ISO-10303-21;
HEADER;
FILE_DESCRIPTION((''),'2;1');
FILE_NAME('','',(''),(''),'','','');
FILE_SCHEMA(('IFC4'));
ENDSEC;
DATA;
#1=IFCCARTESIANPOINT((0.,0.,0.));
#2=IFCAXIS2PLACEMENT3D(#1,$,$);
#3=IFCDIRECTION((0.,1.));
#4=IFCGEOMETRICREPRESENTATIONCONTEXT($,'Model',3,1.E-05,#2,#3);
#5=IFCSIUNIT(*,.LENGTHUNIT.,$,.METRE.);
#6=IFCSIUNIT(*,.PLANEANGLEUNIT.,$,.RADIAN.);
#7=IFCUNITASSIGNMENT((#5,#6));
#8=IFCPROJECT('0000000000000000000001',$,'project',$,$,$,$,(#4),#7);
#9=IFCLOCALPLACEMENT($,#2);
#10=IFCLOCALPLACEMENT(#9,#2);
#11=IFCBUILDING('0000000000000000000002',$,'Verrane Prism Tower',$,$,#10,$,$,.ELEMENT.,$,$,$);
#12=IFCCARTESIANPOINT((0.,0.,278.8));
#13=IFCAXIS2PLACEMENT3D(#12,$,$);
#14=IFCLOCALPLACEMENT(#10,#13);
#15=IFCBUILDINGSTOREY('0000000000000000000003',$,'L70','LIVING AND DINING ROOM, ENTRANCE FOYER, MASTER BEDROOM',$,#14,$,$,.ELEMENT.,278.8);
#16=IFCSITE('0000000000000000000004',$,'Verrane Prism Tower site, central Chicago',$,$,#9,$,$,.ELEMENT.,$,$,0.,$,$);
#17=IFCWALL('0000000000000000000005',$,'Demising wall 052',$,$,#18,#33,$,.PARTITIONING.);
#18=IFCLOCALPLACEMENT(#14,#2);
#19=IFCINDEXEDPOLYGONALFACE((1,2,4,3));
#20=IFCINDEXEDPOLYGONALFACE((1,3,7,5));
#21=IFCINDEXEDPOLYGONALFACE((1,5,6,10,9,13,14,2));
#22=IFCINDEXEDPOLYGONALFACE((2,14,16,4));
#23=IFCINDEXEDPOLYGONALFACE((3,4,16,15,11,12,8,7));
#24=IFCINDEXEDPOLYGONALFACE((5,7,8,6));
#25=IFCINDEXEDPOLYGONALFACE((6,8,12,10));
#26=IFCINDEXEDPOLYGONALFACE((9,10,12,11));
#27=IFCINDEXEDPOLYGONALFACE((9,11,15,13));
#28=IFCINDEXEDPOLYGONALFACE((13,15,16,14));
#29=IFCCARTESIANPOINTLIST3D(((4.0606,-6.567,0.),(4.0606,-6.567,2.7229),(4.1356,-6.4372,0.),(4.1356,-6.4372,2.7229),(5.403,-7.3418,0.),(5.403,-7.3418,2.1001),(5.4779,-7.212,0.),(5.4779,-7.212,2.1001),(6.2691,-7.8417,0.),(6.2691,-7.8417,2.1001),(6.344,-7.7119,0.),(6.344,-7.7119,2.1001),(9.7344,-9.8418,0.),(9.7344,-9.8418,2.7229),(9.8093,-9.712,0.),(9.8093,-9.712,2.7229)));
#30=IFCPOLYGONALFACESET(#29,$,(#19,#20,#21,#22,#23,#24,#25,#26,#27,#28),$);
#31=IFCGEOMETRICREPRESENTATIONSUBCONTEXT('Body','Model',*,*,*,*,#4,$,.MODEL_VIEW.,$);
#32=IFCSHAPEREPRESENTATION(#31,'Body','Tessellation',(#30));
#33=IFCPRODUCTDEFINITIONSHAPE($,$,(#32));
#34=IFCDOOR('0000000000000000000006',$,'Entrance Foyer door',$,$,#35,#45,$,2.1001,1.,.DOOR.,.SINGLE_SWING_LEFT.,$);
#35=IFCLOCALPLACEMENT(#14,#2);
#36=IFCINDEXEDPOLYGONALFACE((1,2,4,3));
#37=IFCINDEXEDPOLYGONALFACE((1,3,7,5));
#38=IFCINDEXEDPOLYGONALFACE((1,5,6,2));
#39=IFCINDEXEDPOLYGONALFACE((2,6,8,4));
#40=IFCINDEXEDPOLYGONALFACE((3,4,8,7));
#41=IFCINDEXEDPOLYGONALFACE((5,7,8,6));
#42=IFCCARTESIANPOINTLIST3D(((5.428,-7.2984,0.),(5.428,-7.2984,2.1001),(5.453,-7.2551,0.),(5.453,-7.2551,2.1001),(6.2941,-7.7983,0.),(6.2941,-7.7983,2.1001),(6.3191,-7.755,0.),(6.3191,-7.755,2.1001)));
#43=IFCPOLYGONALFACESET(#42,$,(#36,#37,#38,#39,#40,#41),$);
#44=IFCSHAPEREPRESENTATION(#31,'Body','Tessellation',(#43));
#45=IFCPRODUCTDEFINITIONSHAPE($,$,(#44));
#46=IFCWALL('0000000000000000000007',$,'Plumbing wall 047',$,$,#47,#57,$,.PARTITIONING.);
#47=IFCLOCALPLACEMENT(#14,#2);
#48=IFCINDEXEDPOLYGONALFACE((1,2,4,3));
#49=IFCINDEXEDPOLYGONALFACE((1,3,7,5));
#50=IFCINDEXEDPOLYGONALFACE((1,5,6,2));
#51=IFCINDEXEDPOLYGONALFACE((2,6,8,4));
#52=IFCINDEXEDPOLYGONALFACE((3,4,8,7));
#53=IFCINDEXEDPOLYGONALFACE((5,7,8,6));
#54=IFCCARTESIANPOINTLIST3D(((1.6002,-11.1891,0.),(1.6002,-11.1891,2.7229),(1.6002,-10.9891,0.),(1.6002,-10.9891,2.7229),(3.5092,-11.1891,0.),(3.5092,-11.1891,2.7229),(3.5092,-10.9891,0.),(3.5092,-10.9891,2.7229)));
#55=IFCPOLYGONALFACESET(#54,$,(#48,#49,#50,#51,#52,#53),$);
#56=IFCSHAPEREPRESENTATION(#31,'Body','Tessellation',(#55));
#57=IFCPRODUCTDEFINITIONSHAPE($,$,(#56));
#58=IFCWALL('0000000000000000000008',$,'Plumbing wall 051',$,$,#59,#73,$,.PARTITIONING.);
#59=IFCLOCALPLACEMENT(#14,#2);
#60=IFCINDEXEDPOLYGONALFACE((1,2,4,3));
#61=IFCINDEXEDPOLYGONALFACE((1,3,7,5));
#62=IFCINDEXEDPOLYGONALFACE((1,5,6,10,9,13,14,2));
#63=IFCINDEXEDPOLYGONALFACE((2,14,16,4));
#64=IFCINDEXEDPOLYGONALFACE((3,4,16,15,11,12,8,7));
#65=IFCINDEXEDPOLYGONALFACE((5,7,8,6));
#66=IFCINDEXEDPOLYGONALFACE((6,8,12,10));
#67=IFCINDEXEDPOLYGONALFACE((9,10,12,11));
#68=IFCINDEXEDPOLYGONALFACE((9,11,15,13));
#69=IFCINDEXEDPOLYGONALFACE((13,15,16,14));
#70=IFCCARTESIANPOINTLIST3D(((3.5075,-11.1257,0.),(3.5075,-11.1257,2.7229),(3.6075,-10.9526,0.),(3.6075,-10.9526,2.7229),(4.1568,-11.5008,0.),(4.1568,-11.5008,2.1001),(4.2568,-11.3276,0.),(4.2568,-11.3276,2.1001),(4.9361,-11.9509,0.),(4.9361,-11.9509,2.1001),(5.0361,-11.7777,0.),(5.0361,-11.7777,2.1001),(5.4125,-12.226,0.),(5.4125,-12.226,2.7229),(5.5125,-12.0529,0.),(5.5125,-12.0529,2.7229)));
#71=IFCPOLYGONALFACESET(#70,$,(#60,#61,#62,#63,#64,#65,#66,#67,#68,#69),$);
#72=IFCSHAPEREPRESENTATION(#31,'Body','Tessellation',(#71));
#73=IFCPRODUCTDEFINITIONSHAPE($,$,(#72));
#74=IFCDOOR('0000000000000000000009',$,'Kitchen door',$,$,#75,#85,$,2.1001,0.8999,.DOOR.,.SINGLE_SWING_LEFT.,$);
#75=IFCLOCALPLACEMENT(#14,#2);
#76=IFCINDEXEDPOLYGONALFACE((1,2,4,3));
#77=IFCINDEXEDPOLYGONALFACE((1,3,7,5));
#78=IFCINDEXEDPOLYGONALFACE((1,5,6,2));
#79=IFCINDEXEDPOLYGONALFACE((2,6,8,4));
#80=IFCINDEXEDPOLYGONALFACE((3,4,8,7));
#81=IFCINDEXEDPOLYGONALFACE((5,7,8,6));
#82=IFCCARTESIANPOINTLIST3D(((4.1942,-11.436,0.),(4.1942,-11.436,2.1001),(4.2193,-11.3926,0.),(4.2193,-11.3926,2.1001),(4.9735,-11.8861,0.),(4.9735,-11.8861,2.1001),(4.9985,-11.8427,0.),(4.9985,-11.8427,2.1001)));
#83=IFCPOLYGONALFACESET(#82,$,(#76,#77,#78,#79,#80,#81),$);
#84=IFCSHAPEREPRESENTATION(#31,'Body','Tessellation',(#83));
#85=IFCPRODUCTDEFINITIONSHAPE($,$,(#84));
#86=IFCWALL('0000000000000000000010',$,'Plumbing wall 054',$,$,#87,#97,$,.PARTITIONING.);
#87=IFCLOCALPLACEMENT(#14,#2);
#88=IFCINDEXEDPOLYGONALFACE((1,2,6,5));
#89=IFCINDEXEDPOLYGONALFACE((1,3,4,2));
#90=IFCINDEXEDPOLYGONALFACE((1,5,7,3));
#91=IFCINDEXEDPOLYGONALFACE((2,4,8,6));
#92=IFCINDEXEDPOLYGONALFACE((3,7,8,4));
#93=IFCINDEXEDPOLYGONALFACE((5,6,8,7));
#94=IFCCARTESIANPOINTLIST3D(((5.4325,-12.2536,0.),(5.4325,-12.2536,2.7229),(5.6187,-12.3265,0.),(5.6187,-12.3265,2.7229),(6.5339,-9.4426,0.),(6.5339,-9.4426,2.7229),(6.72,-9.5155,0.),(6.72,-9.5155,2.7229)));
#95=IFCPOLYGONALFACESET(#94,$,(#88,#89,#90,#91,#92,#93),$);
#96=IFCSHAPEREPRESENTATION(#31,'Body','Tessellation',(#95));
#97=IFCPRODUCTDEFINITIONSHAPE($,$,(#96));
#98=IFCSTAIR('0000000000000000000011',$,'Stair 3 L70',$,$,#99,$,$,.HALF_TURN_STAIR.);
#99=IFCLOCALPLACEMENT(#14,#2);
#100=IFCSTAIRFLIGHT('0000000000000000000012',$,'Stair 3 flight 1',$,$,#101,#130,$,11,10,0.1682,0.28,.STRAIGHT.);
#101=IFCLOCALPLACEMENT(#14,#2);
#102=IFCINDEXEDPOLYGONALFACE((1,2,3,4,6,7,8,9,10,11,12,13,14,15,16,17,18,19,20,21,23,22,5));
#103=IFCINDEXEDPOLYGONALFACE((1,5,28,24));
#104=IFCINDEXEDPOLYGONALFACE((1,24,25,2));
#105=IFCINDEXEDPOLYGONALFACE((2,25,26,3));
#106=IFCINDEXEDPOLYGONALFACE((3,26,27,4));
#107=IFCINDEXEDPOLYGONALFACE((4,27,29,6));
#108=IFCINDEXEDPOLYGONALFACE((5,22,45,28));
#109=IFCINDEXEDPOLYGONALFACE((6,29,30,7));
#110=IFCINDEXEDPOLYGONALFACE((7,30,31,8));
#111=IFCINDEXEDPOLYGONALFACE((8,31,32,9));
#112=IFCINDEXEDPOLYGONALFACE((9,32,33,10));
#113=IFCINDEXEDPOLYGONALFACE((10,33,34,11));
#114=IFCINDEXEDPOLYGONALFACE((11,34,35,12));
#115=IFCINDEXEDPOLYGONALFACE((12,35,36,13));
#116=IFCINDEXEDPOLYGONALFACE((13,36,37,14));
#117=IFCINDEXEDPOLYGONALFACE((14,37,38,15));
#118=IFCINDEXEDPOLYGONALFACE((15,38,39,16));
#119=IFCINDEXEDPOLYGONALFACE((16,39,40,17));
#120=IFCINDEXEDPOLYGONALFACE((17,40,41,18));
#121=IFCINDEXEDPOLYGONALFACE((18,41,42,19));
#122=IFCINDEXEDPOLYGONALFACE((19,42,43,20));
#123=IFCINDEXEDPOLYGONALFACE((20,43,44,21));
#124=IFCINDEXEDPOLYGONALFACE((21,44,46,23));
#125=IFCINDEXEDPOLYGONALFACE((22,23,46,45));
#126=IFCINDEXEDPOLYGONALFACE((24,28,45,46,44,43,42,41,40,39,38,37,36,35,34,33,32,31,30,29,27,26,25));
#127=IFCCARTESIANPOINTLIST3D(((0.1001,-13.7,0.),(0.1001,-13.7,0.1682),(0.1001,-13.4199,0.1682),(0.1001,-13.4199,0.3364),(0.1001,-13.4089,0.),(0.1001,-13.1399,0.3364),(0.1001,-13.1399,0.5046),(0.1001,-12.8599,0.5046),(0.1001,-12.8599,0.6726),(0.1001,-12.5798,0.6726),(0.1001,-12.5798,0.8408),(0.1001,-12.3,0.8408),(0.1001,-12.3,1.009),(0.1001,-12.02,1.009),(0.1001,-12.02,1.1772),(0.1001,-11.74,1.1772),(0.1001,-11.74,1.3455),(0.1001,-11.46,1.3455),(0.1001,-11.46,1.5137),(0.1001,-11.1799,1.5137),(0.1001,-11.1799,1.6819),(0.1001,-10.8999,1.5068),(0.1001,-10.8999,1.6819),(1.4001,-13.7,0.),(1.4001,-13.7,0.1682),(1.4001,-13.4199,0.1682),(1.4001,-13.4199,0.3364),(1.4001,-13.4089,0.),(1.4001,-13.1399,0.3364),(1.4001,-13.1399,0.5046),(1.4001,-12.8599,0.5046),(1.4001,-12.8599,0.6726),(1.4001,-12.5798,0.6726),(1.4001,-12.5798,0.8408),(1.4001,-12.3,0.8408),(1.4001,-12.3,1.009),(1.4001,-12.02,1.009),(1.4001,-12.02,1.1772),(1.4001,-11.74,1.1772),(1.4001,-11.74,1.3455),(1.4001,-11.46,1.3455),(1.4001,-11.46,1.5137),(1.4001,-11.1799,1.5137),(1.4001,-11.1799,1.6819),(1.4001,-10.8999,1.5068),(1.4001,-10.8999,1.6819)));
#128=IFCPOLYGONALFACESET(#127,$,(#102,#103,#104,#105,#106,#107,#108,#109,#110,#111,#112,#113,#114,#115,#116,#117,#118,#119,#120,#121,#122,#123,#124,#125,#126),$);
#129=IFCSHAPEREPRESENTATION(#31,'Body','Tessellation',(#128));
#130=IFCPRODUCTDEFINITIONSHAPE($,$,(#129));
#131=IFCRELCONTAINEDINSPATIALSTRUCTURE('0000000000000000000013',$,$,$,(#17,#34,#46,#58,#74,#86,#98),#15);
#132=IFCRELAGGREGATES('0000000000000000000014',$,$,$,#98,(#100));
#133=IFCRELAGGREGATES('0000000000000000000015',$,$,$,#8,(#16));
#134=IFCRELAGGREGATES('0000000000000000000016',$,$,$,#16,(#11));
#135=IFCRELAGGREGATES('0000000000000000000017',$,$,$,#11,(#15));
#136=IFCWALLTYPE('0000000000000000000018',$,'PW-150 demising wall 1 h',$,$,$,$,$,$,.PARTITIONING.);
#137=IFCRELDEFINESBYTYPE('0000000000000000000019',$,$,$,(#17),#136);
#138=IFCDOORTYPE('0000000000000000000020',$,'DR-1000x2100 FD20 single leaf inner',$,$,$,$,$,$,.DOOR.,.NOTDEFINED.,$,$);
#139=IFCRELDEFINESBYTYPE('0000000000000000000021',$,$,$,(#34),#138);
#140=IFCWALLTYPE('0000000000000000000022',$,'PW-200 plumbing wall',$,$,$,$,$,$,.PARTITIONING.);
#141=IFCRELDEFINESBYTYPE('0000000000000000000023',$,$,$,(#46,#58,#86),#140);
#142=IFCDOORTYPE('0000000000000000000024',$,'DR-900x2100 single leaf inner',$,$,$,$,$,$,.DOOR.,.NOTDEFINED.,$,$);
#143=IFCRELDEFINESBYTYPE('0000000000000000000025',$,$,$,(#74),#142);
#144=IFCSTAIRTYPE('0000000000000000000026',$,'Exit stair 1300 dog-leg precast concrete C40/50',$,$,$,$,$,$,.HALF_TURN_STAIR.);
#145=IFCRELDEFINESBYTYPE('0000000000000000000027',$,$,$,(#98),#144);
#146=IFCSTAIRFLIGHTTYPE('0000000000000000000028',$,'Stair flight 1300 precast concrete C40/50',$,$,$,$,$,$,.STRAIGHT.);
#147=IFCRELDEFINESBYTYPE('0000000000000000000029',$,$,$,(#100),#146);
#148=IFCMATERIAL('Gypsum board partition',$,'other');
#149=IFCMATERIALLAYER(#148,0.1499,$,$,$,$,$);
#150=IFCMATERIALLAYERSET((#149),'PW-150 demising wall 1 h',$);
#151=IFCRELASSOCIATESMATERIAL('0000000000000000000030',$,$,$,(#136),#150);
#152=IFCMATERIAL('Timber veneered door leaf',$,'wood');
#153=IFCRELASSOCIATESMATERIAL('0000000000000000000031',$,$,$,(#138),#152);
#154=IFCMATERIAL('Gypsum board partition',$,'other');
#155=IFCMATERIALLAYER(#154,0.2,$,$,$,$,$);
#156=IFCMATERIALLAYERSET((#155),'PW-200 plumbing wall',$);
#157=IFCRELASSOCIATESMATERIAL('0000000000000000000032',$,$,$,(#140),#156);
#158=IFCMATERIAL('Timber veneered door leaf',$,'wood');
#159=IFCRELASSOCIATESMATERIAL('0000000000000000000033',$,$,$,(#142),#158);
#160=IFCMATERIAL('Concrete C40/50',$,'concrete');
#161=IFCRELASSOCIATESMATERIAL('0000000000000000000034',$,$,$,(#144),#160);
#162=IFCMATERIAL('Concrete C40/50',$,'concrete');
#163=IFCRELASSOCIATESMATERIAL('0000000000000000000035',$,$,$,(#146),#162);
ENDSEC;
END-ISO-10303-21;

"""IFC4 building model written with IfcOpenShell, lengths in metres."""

from ifc_helpers import new_model, si_unit, direction, frame, frame_2d, origin, place, context, subcontext, project, spatial, polyline, rectangle, outline, extrude, material, layer, layer_set, type_object, element, fill, aggregate, save


model = new_model("IFC4")

# Units and contexts
model_context = context("Model", 3, precision=1e-05, world=origin(), true_north=direction((0.0, 1.0)))
body_context = subcontext(model_context, "Body", "Model", "MODEL_VIEW")
ifc_project = project(units=[si_unit("LENGTHUNIT", "METRE"), si_unit("PLANEANGLEUNIT", "RADIAN")], contexts=[model_context])

# Site, building, storey
site_placement = place(None, origin())
site = spatial("IfcSite", under=ifc_project, at=site_placement, Name="Verrane Prism Tower site, central Chicago", CompositionType="ELEMENT", RefElevation=0.0)
building_placement = place(site_placement, origin())
building = spatial("IfcBuilding", under=site, at=building_placement, Name="Verrane Prism Tower", CompositionType="ELEMENT")
storey_placement = place(building_placement, frame((0.0, 0.0, 278.8)))
storey = spatial("IfcBuildingStorey", under=building, at=storey_placement, Name="L70", Description="LIVING AND DINING ROOM, ENTRANCE FOYER, MASTER BEDROOM", CompositionType="ELEMENT", Elevation=278.8)

# Wall, opening, door
ifc_material_1 = material(Name="Gypsum board partition", Category="other")
ifc_layer_1 = layer(ifc_material_1, 0.1499)
ifc_layer_set_1 = layer_set([ifc_layer_1], Name="PW-150 demising wall 1 h")
wall_type_1 = type_object("IfcWallType", Name="PW-150 demising wall 1 h", PredefinedType="PARTITIONING", material=ifc_layer_set_1)
wall_1_placement = place(storey_placement, frame((9.7717, -9.7769, 0.0), z_axis=(0.0, 0.0, 1.0), x_axis=(-0.866084, 0.499899, 0.0)))
wall_1 = element("IfcWall", 1, at=wall_1_placement, inside=storey, type_object=wall_type_1, Name="Demising wall 052", PredefinedType="PARTITIONING", context=body_context, shape_type="SweptSolid", body=[
    extrude(rectangle(XDim=6.551, YDim=0.1499, at=frame_2d((3.2754, 0.0))), origin(), (0.0, 0.0, 1.0), 2.7229),
])
opening_1_placement = place(wall_1_placement, frame((4.001, 0.0, 0.0)))
opening_1 = element("IfcOpeningElement", 2, at=opening_1_placement, cuts=wall_1, PredefinedType="OPENING", context=body_context, shape_type="SweptSolid", body=[
    extrude(rectangle(XDim=1.0, YDim=2.1001, at=frame_2d((0.5, 1.05))), frame((0.0, 0.085, 0.0), z_axis=(0.0, -1.0, 0.0), x_axis=(1.0, 0.0, 0.0)), (0.0, 0.0, 1.0), 0.1699),
])
ifc_material_2 = material(Name="Timber veneered door leaf", Category="wood")
door_type_1 = type_object("IfcDoorType", Name="DR-1000x2100 FD20 single leaf inner", OperationType="NOTDEFINED", PredefinedType="DOOR", material=ifc_material_2)
door_1_placement = place(opening_1_placement, origin())
door_1 = element("IfcDoor", 3, at=door_1_placement, inside=storey, type_object=door_type_1, Name="Entrance Foyer door", OperationType="SINGLE_SWING_LEFT", OverallHeight=2.1001, OverallWidth=1.0, PredefinedType="DOOR", context=body_context, shape_type="SweptSolid", body=[
    extrude(rectangle(XDim=1.0, YDim=2.1001, at=frame_2d((0.5, 1.05))), frame((0.0, 0.0249, 0.0), z_axis=(0.0, -1.0, 0.0), x_axis=(1.0, 0.0, 0.0)), (0.0, 0.0, 1.0), 0.05),
])
fill(opening_1, door_1)

# Wall
ifc_material_3 = material(Name="Gypsum board partition", Category="other")
ifc_layer_2 = layer(ifc_material_3, 0.2)
ifc_layer_set_2 = layer_set([ifc_layer_2], Name="PW-200 plumbing wall")
wall_type_2 = type_object("IfcWallType", Name="PW-200 plumbing wall", PredefinedType="PARTITIONING", material=ifc_layer_set_2)
wall_2_placement = place(storey_placement, frame((1.6001, -11.0891, 0.0), z_axis=(0.0, 0.0, 1.0), x_axis=(1.0, 0.0, 0.0)))
element("IfcWall", 4, at=wall_2_placement, inside=storey, type_object=wall_type_2, Name="Plumbing wall 047", PredefinedType="PARTITIONING", context=body_context, shape_type="SweptSolid", body=[
    extrude(rectangle(XDim=1.9089, YDim=0.2, at=frame_2d((0.9546, 0.0))), origin(), (0.0, 0.0, 1.0), 2.7229),
])

# Wall, opening, door
wall_3_placement = place(storey_placement, frame((3.5574, -11.0391, 0.0), z_axis=(0.0, 0.0, 1.0), x_axis=(0.865932, -0.500161, 0.0)))
wall_3 = element("IfcWall", 5, at=wall_3_placement, inside=storey, type_object=wall_type_2, Name="Plumbing wall 051", PredefinedType="PARTITIONING", context=body_context, shape_type="SweptSolid", body=[
    extrude(rectangle(XDim=2.2, YDim=0.2, at=frame_2d((1.1001, 0.0))), origin(), (0.0, 0.0, 1.0), 2.7229),
])
opening_2_placement = place(wall_3_placement, frame((0.75, 0.0, 0.0)))
opening_2 = element("IfcOpeningElement", 6, at=opening_2_placement, cuts=wall_3, PredefinedType="OPENING", context=body_context, shape_type="SweptSolid", body=[
    extrude(rectangle(XDim=0.8999, YDim=2.1001, at=frame_2d((0.45, 1.05))), frame((0.0, 0.1099, 0.0), z_axis=(0.0, -1.0, 0.0), x_axis=(1.0, 0.0, 0.0)), (0.0, 0.0, 1.0), 0.22),
])
ifc_material_4 = material(Name="Timber veneered door leaf", Category="wood")
door_type_2 = type_object("IfcDoorType", Name="DR-900x2100 single leaf inner", OperationType="NOTDEFINED", PredefinedType="DOOR", material=ifc_material_4)
door_2_placement = place(opening_2_placement, origin())
door_2 = element("IfcDoor", 7, at=door_2_placement, inside=storey, type_object=door_type_2, Name="Kitchen door", OperationType="SINGLE_SWING_LEFT", OverallHeight=2.1001, OverallWidth=0.8999, PredefinedType="DOOR", context=body_context, shape_type="SweptSolid", body=[
    extrude(rectangle(XDim=0.8999, YDim=2.1001, at=frame_2d((0.45, 1.05))), frame((0.0, 0.0249, 0.0), z_axis=(0.0, -1.0, 0.0), x_axis=(1.0, 0.0, 0.0)), (0.0, 0.0, 1.0), 0.05),
])
fill(opening_2, door_2)

# Wall
wall_4_placement = place(storey_placement, frame((5.5256, -12.29, 0.0), z_axis=(0.0, 0.0, 1.0), x_axis=(0.364787, 0.931091, 0.0)))
element("IfcWall", 8, at=wall_4_placement, inside=storey, type_object=wall_type_2, Name="Plumbing wall 054", PredefinedType="PARTITIONING", context=body_context, shape_type="SweptSolid", body=[
    extrude(rectangle(XDim=3.019, YDim=0.2, at=frame_2d((1.5095, 0.0))), origin(), (0.0, 0.0, 1.0), 2.7229),
])

# Stair, stair flight
ifc_material_5 = material(Name="Concrete C40/50", Category="concrete")
stair_type = type_object("IfcStairType", Name="Exit stair 1300 dog-leg precast concrete C40/50", PredefinedType="HALF_TURN_STAIR", material=ifc_material_5)
stair_placement = place(storey_placement, origin())
stair = element("IfcStair", 9, at=stair_placement, inside=storey, type_object=stair_type, Name="Stair 3 L70", PredefinedType="HALF_TURN_STAIR")
ifc_material_6 = material(Name="Concrete C40/50", Category="concrete")
stair_flight_type = type_object("IfcStairFlightType", Name="Stair flight 1300 precast concrete C40/50", PredefinedType="STRAIGHT", material=ifc_material_6)
stair_flight_placement = place(storey_placement, frame((0.75, -13.7, 0.0), z_axis=(0.0, 0.0, 1.0), x_axis=(0.0, 1.0, 0.0)))
stair_flight = element("IfcStairFlight", 10, at=stair_flight_placement, type_object=stair_flight_type, Name="Stair 3 flight 1", NumberOfRisers=11, NumberOfTreads=10, PredefinedType="STRAIGHT", RiserHeight=0.1682, TreadLength=0.28, context=body_context, shape_type="SweptSolid", body=[
    extrude(outline(polyline([(0.0, 0.0), (0.0, 0.1682), (0.28, 0.1682), (0.28, 0.3364), (0.5601, 0.3364), (0.5601, 0.5046), (0.8401, 0.5046), (0.8401, 0.6726), (1.1201, 0.6726), (1.1201, 0.8408), (1.3999, 0.8408), (1.3999, 1.009), (1.6799, 1.009), (1.6799, 1.1772), (1.96, 1.1772), (1.96, 1.3455), (2.24, 1.3455), (2.24, 1.5137), (2.52, 1.5137), (2.52, 1.6819), (2.8, 1.6819), (2.8, 1.8501), (2.8, 1.5068), (0.291, 0.0), (0.0, 0.0)])), frame((0.0, 0.6499, 0.0), z_axis=(0.0, -1.0, 0.0), x_axis=(1.0, 0.0, 0.0)), (0.0, 0.0, 1.0), 1.3),
])
aggregate(stair, [stair_flight])

save(model, "model.ifc")
